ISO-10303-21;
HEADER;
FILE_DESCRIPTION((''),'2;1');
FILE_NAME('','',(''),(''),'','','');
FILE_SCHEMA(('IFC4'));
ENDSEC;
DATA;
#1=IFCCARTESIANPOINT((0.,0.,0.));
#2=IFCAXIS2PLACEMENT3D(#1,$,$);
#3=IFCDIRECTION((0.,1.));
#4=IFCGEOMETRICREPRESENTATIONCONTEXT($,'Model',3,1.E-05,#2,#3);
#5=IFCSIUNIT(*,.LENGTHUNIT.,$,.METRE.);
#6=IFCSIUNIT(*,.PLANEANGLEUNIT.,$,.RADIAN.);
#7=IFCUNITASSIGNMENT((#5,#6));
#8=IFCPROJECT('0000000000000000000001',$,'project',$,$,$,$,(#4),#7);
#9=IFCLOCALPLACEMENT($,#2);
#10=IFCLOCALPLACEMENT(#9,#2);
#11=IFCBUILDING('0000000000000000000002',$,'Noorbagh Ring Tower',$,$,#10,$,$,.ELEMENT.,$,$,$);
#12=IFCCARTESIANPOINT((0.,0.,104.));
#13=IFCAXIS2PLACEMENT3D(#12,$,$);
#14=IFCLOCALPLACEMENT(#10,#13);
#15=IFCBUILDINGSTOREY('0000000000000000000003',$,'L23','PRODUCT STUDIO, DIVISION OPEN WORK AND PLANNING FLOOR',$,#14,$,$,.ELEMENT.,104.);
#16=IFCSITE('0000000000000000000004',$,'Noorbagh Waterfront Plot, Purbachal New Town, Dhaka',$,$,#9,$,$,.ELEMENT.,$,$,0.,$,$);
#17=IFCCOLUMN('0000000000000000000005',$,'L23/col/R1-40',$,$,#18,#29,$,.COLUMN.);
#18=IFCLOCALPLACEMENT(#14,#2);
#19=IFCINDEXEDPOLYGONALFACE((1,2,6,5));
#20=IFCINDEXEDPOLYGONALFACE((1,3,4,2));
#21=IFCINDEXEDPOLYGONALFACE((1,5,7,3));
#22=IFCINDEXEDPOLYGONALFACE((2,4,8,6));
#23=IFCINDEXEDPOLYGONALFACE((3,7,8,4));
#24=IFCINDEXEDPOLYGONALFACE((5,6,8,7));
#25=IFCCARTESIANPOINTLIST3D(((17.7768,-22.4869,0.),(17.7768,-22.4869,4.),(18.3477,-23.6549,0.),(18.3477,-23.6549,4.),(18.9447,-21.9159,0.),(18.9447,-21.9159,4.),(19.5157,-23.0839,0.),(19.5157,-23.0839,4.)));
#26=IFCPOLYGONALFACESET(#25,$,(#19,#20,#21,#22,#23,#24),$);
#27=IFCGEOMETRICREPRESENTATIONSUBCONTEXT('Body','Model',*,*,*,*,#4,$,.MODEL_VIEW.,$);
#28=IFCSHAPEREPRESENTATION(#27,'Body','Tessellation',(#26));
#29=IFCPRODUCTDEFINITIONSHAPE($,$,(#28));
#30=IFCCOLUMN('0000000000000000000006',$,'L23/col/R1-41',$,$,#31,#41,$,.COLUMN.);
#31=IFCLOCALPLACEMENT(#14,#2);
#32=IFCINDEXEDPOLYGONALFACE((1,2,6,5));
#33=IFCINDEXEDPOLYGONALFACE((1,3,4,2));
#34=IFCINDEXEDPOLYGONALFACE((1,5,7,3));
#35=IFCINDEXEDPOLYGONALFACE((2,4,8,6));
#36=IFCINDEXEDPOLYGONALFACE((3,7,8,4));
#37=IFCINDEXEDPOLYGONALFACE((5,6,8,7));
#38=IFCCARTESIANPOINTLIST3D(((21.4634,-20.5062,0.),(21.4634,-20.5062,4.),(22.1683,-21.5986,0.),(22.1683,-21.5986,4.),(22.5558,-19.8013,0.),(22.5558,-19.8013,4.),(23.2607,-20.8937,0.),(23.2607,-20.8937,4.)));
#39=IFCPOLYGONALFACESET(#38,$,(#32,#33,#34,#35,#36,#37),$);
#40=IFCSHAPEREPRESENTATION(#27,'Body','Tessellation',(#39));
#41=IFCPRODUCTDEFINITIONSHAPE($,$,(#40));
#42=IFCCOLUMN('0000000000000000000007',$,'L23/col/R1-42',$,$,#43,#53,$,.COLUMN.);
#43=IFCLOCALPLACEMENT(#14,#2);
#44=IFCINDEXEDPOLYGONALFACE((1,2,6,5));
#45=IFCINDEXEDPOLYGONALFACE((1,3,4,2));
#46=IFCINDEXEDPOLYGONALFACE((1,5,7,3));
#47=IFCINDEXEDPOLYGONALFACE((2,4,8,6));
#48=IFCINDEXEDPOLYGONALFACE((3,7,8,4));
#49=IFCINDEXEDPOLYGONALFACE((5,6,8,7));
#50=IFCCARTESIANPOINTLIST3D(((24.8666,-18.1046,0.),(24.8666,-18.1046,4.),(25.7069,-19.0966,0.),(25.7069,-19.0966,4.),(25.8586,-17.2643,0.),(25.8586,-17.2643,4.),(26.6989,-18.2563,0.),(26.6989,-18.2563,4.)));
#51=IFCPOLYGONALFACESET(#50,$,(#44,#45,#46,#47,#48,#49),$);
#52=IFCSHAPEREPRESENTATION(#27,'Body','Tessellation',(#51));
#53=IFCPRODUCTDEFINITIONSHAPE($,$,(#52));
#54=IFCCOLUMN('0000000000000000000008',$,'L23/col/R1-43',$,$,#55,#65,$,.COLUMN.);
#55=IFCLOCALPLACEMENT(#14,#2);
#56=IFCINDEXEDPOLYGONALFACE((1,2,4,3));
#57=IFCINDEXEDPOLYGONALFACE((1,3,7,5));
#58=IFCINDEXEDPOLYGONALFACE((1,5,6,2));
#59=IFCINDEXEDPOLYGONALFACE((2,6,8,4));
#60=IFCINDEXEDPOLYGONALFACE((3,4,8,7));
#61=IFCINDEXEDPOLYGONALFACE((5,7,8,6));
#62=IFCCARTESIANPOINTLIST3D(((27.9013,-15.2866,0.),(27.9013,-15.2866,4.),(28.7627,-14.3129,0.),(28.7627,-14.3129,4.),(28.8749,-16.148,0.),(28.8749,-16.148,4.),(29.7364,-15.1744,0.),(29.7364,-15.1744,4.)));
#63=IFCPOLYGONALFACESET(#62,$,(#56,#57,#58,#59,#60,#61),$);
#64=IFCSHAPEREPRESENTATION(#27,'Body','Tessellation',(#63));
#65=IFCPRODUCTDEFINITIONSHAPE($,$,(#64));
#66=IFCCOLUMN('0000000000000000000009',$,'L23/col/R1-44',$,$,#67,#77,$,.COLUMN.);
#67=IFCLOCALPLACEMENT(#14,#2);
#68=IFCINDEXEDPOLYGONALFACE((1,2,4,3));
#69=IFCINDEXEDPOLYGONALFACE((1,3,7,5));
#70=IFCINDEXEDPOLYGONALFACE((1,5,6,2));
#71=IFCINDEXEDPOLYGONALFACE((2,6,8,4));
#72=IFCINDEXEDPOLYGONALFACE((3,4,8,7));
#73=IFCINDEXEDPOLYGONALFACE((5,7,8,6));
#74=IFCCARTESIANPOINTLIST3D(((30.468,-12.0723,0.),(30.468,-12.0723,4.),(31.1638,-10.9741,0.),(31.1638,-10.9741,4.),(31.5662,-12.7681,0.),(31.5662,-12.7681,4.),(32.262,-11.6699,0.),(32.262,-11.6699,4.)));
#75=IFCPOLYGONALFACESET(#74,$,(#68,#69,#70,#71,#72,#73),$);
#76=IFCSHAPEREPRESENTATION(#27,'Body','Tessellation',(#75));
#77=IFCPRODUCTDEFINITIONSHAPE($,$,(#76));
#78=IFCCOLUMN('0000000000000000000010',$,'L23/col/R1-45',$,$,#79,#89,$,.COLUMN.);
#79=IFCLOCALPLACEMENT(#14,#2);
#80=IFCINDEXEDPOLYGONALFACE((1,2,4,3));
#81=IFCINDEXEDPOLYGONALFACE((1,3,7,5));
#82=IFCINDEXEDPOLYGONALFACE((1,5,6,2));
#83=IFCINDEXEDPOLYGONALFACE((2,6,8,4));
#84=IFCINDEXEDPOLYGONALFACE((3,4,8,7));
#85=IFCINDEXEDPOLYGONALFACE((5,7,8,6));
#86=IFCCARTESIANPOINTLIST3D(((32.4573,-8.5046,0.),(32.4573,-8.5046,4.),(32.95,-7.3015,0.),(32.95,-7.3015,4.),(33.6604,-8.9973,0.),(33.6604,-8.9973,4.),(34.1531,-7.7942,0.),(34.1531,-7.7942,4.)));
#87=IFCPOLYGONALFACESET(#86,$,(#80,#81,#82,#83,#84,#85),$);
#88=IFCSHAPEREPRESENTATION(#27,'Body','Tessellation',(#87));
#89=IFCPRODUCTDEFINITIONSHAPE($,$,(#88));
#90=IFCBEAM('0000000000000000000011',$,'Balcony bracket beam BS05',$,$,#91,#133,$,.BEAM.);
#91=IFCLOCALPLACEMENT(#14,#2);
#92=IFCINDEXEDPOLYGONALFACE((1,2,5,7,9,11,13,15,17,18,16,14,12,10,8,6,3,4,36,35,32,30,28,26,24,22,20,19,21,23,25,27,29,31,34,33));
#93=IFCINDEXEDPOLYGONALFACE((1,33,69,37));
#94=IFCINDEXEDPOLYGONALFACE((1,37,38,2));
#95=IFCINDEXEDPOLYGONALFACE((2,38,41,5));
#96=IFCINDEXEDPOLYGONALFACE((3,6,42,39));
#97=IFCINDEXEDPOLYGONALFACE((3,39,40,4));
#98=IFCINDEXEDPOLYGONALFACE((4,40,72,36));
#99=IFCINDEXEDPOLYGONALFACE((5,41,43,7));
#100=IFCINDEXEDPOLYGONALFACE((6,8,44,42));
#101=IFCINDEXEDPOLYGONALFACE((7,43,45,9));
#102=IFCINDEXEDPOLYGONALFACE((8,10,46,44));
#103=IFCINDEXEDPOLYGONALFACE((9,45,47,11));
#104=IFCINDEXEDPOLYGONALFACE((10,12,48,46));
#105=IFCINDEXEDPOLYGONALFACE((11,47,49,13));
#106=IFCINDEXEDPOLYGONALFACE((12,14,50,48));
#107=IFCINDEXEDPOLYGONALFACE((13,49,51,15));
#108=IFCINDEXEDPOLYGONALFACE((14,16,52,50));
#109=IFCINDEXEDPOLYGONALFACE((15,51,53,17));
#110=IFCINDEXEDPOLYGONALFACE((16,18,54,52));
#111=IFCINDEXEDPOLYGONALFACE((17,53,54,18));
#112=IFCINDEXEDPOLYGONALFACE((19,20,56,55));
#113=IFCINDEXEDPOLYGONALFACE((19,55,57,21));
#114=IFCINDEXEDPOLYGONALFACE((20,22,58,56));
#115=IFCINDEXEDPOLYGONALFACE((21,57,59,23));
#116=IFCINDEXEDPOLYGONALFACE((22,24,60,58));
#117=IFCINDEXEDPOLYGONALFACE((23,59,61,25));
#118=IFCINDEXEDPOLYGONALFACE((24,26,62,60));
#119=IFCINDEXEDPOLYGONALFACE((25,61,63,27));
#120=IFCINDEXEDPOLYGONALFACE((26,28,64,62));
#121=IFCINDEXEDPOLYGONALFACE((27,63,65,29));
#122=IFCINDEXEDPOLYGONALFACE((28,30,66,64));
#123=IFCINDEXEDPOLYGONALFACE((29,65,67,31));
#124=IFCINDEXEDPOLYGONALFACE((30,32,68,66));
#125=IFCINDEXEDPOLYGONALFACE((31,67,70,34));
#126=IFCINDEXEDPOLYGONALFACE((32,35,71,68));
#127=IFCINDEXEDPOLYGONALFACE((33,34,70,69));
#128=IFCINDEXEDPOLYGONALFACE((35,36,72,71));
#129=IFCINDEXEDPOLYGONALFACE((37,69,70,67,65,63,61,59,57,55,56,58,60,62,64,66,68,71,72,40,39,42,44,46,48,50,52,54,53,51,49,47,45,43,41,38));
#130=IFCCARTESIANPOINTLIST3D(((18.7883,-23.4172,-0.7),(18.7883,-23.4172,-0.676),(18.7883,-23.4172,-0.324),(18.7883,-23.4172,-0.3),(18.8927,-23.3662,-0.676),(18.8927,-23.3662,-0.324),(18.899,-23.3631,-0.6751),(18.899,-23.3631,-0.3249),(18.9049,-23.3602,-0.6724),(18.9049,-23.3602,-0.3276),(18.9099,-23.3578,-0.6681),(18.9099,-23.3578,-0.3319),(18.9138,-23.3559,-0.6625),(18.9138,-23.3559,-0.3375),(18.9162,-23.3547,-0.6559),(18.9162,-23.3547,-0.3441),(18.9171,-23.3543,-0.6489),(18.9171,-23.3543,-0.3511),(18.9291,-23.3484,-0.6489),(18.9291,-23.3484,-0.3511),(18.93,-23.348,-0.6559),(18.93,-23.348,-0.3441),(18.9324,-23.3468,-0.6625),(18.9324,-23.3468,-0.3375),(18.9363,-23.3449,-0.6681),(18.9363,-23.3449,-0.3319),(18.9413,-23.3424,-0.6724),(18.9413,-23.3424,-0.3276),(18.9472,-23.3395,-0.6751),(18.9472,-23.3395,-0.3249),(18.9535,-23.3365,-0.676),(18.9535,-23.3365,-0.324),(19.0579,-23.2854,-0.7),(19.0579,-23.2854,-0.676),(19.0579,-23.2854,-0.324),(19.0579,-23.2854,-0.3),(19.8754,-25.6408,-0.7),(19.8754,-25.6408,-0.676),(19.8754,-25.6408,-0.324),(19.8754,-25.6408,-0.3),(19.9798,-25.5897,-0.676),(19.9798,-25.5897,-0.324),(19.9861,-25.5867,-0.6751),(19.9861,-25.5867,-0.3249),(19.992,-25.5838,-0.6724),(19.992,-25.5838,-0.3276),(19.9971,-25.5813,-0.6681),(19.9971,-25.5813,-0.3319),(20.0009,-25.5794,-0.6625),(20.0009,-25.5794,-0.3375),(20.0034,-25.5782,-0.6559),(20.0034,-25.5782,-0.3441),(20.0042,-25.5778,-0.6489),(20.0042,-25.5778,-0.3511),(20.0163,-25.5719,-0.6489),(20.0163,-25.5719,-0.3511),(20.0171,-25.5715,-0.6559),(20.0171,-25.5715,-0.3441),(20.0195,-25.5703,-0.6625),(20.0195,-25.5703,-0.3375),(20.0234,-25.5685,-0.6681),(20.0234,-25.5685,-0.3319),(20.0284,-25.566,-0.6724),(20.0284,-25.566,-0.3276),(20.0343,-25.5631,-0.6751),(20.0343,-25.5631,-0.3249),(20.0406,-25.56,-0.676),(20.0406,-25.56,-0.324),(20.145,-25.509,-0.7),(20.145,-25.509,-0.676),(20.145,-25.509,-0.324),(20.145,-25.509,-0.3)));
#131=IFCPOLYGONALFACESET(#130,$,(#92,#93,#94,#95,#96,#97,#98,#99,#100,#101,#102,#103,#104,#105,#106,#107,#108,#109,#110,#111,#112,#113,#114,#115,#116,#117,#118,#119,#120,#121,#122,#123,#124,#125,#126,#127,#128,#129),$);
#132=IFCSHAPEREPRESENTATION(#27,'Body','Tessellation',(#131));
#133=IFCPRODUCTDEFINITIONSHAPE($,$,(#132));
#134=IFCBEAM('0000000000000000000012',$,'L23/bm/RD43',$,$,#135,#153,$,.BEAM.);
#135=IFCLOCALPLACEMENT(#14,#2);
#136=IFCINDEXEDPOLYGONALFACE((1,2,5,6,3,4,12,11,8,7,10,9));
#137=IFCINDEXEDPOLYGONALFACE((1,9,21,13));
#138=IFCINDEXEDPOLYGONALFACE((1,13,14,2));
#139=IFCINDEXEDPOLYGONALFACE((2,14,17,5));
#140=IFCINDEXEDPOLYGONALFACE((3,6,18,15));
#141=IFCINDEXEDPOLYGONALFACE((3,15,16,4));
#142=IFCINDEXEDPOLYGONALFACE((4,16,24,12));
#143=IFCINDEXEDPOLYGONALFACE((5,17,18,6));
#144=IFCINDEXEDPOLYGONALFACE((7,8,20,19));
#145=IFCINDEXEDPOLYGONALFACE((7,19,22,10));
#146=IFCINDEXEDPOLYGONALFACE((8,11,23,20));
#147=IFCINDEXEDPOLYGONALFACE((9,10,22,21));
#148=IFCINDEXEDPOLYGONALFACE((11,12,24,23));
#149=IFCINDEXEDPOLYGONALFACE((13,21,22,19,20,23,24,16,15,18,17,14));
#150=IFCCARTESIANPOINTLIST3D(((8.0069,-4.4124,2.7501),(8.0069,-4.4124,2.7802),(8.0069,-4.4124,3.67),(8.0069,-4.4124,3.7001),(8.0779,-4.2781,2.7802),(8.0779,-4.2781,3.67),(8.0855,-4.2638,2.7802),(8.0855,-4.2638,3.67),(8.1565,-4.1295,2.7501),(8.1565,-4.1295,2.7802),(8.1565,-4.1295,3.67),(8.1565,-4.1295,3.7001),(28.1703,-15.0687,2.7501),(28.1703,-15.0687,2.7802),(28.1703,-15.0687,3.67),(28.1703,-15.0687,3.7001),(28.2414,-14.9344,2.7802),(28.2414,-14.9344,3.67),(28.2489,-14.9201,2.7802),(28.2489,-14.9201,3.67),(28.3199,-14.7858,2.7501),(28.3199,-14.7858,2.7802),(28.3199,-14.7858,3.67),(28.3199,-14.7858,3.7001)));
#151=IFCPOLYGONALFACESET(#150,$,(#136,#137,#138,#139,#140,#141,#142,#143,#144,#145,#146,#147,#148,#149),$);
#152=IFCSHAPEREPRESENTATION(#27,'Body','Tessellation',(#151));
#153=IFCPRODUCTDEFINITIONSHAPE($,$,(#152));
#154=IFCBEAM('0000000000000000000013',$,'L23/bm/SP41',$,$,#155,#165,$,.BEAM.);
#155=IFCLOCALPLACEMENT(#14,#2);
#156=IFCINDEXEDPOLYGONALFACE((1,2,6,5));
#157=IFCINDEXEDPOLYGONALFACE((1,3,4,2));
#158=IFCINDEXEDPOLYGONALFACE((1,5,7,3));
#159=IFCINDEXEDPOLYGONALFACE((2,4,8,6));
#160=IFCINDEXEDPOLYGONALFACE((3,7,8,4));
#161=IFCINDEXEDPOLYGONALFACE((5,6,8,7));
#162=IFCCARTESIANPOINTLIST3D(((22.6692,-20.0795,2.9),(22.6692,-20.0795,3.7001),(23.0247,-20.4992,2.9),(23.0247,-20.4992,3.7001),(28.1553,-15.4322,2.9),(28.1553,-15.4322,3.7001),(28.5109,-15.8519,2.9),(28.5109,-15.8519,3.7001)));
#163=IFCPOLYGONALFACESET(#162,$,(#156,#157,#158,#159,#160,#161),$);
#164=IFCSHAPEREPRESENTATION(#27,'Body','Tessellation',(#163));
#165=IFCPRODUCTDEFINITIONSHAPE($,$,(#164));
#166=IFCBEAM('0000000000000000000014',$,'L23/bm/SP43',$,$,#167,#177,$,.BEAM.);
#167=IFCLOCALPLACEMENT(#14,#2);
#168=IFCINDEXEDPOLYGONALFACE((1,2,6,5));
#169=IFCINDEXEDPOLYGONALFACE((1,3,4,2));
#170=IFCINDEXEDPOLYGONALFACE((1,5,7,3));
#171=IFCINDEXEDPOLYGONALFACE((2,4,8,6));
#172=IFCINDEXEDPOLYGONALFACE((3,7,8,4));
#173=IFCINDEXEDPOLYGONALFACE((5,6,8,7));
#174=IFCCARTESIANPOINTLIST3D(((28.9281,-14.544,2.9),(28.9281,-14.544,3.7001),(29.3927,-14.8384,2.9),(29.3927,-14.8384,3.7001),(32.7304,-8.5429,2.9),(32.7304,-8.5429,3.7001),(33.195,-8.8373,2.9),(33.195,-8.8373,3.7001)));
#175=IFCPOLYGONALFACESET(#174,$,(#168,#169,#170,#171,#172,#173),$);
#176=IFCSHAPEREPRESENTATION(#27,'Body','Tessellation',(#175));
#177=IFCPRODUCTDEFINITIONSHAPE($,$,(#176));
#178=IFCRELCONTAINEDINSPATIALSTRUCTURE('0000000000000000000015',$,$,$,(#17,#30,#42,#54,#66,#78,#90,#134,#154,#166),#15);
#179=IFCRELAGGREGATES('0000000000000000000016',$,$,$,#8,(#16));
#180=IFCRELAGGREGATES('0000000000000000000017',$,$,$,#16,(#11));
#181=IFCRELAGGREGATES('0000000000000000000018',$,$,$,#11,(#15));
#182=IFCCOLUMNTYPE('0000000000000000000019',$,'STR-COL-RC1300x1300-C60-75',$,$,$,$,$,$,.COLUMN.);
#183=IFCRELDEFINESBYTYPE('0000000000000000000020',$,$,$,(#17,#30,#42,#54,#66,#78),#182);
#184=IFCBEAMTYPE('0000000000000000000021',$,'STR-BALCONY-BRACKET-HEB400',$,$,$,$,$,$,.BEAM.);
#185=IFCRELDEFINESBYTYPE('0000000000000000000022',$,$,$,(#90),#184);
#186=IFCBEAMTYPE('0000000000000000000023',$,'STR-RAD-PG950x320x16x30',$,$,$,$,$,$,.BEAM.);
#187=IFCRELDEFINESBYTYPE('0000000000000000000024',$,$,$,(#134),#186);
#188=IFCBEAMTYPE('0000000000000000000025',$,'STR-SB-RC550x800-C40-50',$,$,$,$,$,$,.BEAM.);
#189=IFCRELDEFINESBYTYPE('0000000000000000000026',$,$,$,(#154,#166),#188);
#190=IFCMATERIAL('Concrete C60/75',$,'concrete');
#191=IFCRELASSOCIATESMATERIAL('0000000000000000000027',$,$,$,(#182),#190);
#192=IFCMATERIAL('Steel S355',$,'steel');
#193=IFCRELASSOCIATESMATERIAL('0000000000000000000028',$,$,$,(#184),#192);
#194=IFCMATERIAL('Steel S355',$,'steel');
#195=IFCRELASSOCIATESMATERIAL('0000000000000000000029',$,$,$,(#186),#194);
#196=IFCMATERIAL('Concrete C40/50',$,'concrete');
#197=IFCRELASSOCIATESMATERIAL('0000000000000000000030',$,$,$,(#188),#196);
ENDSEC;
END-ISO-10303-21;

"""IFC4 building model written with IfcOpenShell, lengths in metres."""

from ifc_helpers import new_model, si_unit, direction, frame, origin, origin_2d, place, context, subcontext, project, spatial, rectangle, i_section, extrude, material, material_profile, profile_set, type_object, element, save


model = new_model("IFC4")

# Units and contexts
model_context = context("Model", 3, precision=1e-05, world=origin(), true_north=direction((0.0, 1.0)))
body_context = subcontext(model_context, "Body", "Model", "MODEL_VIEW")
ifc_project = project(units=[si_unit("LENGTHUNIT", "METRE"), si_unit("PLANEANGLEUNIT", "RADIAN")], contexts=[model_context])

# Site, building, storey
site_placement = place(None, origin())
site = spatial("IfcSite", under=ifc_project, at=site_placement, Name="Noorbagh Waterfront Plot, Purbachal New Town, Dhaka", CompositionType="ELEMENT", RefElevation=0.0)
building_placement = place(site_placement, origin())
building = spatial("IfcBuilding", under=site, at=building_placement, Name="Noorbagh Ring Tower", CompositionType="ELEMENT")
storey_placement = place(building_placement, frame((0.0, 0.0, 104.0)))
storey = spatial("IfcBuildingStorey", under=building, at=storey_placement, Name="L23", Description="PRODUCT STUDIO, DIVISION OPEN WORK AND PLANNING FLOOR", CompositionType="ELEMENT", Elevation=104.0)

# Columns
ifc_material_1 = material(Name="Concrete C60/75", Category="concrete")
ifc_material_profile_1 = material_profile(ifc_material_1, rectangle(XDim=1.3, YDim=1.3, at=origin_2d()), Name="RC1300x1300")
ifc_profile_set_1 = profile_set([ifc_material_profile_1], Name="Concrete C60/75")
column_type = type_object("IfcColumnType", Name="STR-COL-RC1300x1300-C60-75", PredefinedType="COLUMN", material=ifc_profile_set_1)
for number, where, z_axis, x_axis, name in (
    (1, (18.6462, -22.7854, 0.0), (0.0, 0.0, 1.0), (0.898399, 0.43918, 0.0), "L23/col/R1-40"),
    (2, (22.3621, -20.7, 0.0), (0.0, 0.0, 1.0), (0.840248, 0.542203, 0.0), "L23/col/R1-41"),
    (3, (25.7827, -18.1804, 0.0), (0.0, 0.0, 1.0), (0.763035, 0.646357, 0.0), "L23/col/R1-42"),
    (4, (28.8188, -15.2305, 0.0), (0.0, 0.0, 1.0), (0.662636, 0.748942, 0.0), "L23/col/R1-43"),
    (5, (31.365, -11.8711, 0.0), (0.0, 0.0, 1.0), (0.53519, 0.844731, 0.0), "L23/col/R1-44"),
    (6, (33.3052, -8.1494, 0.0), (0.0, 0.0, 1.0), (0.378989, 0.925401, 0.0), "L23/col/R1-45"),
):
    element("IfcColumn", number, at=place(storey_placement, frame(where, z_axis=z_axis, x_axis=x_axis)), inside=storey, type_object=column_type, Name=name, PredefinedType="COLUMN", context=body_context, shape_type="SweptSolid", body=[
        extrude(rectangle(XDim=1.3, YDim=1.3, at=origin_2d()), origin(), (0.0, 0.0, 1.0), 4.0),
    ])

# Beams
ifc_material_2 = material(Name="Steel S355", Category="steel")
ifc_material_profile_2 = material_profile(ifc_material_2, i_section(OverallWidth=0.3, OverallDepth=0.3999, WebThickness=0.0134, FlangeThickness=0.0239, FilletRadius=0.0271, at=origin_2d()), Name="HEB400")
ifc_profile_set_2 = profile_set([ifc_material_profile_2], Name="Steel S355")
beam_type_1 = type_object("IfcBeamType", Name="STR-BALCONY-BRACKET-HEB400", PredefinedType="BEAM", material=ifc_profile_set_2)
beam_1_placement = place(storey_placement, frame((18.9231, -23.3513, -0.5), z_axis=(0.439226, -0.898377, 0.0), x_axis=(0.898377, 0.439226, 0.0)))
element("IfcBeam", 7, at=beam_1_placement, inside=storey, type_object=beam_type_1, Name="Balcony bracket beam BS05", PredefinedType="BEAM", context=body_context, shape_type="SweptSolid", body=[
    extrude(i_section(OverallWidth=0.3, OverallDepth=0.3999, WebThickness=0.0134, FlangeThickness=0.0239, FilletRadius=0.0271, at=origin_2d()), origin(), (0.0, 0.0, 1.0), 2.4751),
])
ifc_material_3 = material(Name="Steel S355", Category="steel")
ifc_material_profile_3 = material_profile(ifc_material_3, i_section(OverallWidth=0.3201, OverallDepth=0.95, WebThickness=0.0161, FlangeThickness=0.03, at=origin_2d()), Name="PG950x320x16x30")
ifc_profile_set_3 = profile_set([ifc_material_profile_3], Name="Steel S355")
beam_type_2 = type_object("IfcBeamType", Name="STR-RAD-PG950x320x16x30", PredefinedType="BEAM", material=ifc_profile_set_3)
beam_2_placement = place(storey_placement, frame((28.2451, -14.9272, 3.2251), z_axis=(-0.884122, 0.467256, 0.0), x_axis=(-0.467256, -0.884122, 0.0)))
element("IfcBeam", 8, at=beam_2_placement, inside=storey, type_object=beam_type_2, Name="L23/bm/RD43", PredefinedType="BEAM", context=body_context, shape_type="SweptSolid", body=[
    extrude(i_section(OverallWidth=0.3201, OverallDepth=0.95, WebThickness=0.0161, FlangeThickness=0.03, at=origin_2d()), origin(), (0.0, 0.0, 1.0), 22.8062),
])
ifc_material_4 = material(Name="Concrete C40/50", Category="concrete")
ifc_material_profile_4 = material_profile(ifc_material_4, rectangle(XDim=0.55, YDim=0.8, at=origin_2d()), Name="RC550x800")
ifc_profile_set_4 = profile_set([ifc_material_profile_4], Name="Concrete C40/50")
beam_type_3 = type_object("IfcBeamType", Name="STR-SB-RC550x800-C40-50", PredefinedType="BEAM", material=ifc_profile_set_4)
beam_3_placement = place(storey_placement, frame((22.8469, -20.2893, 3.3), z_axis=(0.763033, 0.646359, 0.0), x_axis=(-0.646359, 0.763033, 0.0)))
element("IfcBeam", 9, at=beam_3_placement, inside=storey, type_object=beam_type_3, Name="L23/bm/SP41", PredefinedType="BEAM", context=body_context, shape_type="SweptSolid", body=[
    extrude(rectangle(XDim=0.55, YDim=0.8, at=origin_2d()), origin(), (0.0, 0.0, 1.0), 7.1899),
])
beam_4_placement = place(storey_placement, frame((29.1604, -14.6912, 3.3), z_axis=(0.535216, 0.844715, 0.0), x_axis=(-0.844715, 0.535216, 0.0)))
element("IfcBeam", 10, at=beam_4_placement, inside=storey, type_object=beam_type_3, Name="L23/bm/SP43", PredefinedType="BEAM", context=body_context, shape_type="SweptSolid", body=[
    extrude(rectangle(XDim=0.55, YDim=0.8, at=origin_2d()), origin(), (0.0, 0.0, 1.0), 7.1042),
])

save(model, "model.ifc")
